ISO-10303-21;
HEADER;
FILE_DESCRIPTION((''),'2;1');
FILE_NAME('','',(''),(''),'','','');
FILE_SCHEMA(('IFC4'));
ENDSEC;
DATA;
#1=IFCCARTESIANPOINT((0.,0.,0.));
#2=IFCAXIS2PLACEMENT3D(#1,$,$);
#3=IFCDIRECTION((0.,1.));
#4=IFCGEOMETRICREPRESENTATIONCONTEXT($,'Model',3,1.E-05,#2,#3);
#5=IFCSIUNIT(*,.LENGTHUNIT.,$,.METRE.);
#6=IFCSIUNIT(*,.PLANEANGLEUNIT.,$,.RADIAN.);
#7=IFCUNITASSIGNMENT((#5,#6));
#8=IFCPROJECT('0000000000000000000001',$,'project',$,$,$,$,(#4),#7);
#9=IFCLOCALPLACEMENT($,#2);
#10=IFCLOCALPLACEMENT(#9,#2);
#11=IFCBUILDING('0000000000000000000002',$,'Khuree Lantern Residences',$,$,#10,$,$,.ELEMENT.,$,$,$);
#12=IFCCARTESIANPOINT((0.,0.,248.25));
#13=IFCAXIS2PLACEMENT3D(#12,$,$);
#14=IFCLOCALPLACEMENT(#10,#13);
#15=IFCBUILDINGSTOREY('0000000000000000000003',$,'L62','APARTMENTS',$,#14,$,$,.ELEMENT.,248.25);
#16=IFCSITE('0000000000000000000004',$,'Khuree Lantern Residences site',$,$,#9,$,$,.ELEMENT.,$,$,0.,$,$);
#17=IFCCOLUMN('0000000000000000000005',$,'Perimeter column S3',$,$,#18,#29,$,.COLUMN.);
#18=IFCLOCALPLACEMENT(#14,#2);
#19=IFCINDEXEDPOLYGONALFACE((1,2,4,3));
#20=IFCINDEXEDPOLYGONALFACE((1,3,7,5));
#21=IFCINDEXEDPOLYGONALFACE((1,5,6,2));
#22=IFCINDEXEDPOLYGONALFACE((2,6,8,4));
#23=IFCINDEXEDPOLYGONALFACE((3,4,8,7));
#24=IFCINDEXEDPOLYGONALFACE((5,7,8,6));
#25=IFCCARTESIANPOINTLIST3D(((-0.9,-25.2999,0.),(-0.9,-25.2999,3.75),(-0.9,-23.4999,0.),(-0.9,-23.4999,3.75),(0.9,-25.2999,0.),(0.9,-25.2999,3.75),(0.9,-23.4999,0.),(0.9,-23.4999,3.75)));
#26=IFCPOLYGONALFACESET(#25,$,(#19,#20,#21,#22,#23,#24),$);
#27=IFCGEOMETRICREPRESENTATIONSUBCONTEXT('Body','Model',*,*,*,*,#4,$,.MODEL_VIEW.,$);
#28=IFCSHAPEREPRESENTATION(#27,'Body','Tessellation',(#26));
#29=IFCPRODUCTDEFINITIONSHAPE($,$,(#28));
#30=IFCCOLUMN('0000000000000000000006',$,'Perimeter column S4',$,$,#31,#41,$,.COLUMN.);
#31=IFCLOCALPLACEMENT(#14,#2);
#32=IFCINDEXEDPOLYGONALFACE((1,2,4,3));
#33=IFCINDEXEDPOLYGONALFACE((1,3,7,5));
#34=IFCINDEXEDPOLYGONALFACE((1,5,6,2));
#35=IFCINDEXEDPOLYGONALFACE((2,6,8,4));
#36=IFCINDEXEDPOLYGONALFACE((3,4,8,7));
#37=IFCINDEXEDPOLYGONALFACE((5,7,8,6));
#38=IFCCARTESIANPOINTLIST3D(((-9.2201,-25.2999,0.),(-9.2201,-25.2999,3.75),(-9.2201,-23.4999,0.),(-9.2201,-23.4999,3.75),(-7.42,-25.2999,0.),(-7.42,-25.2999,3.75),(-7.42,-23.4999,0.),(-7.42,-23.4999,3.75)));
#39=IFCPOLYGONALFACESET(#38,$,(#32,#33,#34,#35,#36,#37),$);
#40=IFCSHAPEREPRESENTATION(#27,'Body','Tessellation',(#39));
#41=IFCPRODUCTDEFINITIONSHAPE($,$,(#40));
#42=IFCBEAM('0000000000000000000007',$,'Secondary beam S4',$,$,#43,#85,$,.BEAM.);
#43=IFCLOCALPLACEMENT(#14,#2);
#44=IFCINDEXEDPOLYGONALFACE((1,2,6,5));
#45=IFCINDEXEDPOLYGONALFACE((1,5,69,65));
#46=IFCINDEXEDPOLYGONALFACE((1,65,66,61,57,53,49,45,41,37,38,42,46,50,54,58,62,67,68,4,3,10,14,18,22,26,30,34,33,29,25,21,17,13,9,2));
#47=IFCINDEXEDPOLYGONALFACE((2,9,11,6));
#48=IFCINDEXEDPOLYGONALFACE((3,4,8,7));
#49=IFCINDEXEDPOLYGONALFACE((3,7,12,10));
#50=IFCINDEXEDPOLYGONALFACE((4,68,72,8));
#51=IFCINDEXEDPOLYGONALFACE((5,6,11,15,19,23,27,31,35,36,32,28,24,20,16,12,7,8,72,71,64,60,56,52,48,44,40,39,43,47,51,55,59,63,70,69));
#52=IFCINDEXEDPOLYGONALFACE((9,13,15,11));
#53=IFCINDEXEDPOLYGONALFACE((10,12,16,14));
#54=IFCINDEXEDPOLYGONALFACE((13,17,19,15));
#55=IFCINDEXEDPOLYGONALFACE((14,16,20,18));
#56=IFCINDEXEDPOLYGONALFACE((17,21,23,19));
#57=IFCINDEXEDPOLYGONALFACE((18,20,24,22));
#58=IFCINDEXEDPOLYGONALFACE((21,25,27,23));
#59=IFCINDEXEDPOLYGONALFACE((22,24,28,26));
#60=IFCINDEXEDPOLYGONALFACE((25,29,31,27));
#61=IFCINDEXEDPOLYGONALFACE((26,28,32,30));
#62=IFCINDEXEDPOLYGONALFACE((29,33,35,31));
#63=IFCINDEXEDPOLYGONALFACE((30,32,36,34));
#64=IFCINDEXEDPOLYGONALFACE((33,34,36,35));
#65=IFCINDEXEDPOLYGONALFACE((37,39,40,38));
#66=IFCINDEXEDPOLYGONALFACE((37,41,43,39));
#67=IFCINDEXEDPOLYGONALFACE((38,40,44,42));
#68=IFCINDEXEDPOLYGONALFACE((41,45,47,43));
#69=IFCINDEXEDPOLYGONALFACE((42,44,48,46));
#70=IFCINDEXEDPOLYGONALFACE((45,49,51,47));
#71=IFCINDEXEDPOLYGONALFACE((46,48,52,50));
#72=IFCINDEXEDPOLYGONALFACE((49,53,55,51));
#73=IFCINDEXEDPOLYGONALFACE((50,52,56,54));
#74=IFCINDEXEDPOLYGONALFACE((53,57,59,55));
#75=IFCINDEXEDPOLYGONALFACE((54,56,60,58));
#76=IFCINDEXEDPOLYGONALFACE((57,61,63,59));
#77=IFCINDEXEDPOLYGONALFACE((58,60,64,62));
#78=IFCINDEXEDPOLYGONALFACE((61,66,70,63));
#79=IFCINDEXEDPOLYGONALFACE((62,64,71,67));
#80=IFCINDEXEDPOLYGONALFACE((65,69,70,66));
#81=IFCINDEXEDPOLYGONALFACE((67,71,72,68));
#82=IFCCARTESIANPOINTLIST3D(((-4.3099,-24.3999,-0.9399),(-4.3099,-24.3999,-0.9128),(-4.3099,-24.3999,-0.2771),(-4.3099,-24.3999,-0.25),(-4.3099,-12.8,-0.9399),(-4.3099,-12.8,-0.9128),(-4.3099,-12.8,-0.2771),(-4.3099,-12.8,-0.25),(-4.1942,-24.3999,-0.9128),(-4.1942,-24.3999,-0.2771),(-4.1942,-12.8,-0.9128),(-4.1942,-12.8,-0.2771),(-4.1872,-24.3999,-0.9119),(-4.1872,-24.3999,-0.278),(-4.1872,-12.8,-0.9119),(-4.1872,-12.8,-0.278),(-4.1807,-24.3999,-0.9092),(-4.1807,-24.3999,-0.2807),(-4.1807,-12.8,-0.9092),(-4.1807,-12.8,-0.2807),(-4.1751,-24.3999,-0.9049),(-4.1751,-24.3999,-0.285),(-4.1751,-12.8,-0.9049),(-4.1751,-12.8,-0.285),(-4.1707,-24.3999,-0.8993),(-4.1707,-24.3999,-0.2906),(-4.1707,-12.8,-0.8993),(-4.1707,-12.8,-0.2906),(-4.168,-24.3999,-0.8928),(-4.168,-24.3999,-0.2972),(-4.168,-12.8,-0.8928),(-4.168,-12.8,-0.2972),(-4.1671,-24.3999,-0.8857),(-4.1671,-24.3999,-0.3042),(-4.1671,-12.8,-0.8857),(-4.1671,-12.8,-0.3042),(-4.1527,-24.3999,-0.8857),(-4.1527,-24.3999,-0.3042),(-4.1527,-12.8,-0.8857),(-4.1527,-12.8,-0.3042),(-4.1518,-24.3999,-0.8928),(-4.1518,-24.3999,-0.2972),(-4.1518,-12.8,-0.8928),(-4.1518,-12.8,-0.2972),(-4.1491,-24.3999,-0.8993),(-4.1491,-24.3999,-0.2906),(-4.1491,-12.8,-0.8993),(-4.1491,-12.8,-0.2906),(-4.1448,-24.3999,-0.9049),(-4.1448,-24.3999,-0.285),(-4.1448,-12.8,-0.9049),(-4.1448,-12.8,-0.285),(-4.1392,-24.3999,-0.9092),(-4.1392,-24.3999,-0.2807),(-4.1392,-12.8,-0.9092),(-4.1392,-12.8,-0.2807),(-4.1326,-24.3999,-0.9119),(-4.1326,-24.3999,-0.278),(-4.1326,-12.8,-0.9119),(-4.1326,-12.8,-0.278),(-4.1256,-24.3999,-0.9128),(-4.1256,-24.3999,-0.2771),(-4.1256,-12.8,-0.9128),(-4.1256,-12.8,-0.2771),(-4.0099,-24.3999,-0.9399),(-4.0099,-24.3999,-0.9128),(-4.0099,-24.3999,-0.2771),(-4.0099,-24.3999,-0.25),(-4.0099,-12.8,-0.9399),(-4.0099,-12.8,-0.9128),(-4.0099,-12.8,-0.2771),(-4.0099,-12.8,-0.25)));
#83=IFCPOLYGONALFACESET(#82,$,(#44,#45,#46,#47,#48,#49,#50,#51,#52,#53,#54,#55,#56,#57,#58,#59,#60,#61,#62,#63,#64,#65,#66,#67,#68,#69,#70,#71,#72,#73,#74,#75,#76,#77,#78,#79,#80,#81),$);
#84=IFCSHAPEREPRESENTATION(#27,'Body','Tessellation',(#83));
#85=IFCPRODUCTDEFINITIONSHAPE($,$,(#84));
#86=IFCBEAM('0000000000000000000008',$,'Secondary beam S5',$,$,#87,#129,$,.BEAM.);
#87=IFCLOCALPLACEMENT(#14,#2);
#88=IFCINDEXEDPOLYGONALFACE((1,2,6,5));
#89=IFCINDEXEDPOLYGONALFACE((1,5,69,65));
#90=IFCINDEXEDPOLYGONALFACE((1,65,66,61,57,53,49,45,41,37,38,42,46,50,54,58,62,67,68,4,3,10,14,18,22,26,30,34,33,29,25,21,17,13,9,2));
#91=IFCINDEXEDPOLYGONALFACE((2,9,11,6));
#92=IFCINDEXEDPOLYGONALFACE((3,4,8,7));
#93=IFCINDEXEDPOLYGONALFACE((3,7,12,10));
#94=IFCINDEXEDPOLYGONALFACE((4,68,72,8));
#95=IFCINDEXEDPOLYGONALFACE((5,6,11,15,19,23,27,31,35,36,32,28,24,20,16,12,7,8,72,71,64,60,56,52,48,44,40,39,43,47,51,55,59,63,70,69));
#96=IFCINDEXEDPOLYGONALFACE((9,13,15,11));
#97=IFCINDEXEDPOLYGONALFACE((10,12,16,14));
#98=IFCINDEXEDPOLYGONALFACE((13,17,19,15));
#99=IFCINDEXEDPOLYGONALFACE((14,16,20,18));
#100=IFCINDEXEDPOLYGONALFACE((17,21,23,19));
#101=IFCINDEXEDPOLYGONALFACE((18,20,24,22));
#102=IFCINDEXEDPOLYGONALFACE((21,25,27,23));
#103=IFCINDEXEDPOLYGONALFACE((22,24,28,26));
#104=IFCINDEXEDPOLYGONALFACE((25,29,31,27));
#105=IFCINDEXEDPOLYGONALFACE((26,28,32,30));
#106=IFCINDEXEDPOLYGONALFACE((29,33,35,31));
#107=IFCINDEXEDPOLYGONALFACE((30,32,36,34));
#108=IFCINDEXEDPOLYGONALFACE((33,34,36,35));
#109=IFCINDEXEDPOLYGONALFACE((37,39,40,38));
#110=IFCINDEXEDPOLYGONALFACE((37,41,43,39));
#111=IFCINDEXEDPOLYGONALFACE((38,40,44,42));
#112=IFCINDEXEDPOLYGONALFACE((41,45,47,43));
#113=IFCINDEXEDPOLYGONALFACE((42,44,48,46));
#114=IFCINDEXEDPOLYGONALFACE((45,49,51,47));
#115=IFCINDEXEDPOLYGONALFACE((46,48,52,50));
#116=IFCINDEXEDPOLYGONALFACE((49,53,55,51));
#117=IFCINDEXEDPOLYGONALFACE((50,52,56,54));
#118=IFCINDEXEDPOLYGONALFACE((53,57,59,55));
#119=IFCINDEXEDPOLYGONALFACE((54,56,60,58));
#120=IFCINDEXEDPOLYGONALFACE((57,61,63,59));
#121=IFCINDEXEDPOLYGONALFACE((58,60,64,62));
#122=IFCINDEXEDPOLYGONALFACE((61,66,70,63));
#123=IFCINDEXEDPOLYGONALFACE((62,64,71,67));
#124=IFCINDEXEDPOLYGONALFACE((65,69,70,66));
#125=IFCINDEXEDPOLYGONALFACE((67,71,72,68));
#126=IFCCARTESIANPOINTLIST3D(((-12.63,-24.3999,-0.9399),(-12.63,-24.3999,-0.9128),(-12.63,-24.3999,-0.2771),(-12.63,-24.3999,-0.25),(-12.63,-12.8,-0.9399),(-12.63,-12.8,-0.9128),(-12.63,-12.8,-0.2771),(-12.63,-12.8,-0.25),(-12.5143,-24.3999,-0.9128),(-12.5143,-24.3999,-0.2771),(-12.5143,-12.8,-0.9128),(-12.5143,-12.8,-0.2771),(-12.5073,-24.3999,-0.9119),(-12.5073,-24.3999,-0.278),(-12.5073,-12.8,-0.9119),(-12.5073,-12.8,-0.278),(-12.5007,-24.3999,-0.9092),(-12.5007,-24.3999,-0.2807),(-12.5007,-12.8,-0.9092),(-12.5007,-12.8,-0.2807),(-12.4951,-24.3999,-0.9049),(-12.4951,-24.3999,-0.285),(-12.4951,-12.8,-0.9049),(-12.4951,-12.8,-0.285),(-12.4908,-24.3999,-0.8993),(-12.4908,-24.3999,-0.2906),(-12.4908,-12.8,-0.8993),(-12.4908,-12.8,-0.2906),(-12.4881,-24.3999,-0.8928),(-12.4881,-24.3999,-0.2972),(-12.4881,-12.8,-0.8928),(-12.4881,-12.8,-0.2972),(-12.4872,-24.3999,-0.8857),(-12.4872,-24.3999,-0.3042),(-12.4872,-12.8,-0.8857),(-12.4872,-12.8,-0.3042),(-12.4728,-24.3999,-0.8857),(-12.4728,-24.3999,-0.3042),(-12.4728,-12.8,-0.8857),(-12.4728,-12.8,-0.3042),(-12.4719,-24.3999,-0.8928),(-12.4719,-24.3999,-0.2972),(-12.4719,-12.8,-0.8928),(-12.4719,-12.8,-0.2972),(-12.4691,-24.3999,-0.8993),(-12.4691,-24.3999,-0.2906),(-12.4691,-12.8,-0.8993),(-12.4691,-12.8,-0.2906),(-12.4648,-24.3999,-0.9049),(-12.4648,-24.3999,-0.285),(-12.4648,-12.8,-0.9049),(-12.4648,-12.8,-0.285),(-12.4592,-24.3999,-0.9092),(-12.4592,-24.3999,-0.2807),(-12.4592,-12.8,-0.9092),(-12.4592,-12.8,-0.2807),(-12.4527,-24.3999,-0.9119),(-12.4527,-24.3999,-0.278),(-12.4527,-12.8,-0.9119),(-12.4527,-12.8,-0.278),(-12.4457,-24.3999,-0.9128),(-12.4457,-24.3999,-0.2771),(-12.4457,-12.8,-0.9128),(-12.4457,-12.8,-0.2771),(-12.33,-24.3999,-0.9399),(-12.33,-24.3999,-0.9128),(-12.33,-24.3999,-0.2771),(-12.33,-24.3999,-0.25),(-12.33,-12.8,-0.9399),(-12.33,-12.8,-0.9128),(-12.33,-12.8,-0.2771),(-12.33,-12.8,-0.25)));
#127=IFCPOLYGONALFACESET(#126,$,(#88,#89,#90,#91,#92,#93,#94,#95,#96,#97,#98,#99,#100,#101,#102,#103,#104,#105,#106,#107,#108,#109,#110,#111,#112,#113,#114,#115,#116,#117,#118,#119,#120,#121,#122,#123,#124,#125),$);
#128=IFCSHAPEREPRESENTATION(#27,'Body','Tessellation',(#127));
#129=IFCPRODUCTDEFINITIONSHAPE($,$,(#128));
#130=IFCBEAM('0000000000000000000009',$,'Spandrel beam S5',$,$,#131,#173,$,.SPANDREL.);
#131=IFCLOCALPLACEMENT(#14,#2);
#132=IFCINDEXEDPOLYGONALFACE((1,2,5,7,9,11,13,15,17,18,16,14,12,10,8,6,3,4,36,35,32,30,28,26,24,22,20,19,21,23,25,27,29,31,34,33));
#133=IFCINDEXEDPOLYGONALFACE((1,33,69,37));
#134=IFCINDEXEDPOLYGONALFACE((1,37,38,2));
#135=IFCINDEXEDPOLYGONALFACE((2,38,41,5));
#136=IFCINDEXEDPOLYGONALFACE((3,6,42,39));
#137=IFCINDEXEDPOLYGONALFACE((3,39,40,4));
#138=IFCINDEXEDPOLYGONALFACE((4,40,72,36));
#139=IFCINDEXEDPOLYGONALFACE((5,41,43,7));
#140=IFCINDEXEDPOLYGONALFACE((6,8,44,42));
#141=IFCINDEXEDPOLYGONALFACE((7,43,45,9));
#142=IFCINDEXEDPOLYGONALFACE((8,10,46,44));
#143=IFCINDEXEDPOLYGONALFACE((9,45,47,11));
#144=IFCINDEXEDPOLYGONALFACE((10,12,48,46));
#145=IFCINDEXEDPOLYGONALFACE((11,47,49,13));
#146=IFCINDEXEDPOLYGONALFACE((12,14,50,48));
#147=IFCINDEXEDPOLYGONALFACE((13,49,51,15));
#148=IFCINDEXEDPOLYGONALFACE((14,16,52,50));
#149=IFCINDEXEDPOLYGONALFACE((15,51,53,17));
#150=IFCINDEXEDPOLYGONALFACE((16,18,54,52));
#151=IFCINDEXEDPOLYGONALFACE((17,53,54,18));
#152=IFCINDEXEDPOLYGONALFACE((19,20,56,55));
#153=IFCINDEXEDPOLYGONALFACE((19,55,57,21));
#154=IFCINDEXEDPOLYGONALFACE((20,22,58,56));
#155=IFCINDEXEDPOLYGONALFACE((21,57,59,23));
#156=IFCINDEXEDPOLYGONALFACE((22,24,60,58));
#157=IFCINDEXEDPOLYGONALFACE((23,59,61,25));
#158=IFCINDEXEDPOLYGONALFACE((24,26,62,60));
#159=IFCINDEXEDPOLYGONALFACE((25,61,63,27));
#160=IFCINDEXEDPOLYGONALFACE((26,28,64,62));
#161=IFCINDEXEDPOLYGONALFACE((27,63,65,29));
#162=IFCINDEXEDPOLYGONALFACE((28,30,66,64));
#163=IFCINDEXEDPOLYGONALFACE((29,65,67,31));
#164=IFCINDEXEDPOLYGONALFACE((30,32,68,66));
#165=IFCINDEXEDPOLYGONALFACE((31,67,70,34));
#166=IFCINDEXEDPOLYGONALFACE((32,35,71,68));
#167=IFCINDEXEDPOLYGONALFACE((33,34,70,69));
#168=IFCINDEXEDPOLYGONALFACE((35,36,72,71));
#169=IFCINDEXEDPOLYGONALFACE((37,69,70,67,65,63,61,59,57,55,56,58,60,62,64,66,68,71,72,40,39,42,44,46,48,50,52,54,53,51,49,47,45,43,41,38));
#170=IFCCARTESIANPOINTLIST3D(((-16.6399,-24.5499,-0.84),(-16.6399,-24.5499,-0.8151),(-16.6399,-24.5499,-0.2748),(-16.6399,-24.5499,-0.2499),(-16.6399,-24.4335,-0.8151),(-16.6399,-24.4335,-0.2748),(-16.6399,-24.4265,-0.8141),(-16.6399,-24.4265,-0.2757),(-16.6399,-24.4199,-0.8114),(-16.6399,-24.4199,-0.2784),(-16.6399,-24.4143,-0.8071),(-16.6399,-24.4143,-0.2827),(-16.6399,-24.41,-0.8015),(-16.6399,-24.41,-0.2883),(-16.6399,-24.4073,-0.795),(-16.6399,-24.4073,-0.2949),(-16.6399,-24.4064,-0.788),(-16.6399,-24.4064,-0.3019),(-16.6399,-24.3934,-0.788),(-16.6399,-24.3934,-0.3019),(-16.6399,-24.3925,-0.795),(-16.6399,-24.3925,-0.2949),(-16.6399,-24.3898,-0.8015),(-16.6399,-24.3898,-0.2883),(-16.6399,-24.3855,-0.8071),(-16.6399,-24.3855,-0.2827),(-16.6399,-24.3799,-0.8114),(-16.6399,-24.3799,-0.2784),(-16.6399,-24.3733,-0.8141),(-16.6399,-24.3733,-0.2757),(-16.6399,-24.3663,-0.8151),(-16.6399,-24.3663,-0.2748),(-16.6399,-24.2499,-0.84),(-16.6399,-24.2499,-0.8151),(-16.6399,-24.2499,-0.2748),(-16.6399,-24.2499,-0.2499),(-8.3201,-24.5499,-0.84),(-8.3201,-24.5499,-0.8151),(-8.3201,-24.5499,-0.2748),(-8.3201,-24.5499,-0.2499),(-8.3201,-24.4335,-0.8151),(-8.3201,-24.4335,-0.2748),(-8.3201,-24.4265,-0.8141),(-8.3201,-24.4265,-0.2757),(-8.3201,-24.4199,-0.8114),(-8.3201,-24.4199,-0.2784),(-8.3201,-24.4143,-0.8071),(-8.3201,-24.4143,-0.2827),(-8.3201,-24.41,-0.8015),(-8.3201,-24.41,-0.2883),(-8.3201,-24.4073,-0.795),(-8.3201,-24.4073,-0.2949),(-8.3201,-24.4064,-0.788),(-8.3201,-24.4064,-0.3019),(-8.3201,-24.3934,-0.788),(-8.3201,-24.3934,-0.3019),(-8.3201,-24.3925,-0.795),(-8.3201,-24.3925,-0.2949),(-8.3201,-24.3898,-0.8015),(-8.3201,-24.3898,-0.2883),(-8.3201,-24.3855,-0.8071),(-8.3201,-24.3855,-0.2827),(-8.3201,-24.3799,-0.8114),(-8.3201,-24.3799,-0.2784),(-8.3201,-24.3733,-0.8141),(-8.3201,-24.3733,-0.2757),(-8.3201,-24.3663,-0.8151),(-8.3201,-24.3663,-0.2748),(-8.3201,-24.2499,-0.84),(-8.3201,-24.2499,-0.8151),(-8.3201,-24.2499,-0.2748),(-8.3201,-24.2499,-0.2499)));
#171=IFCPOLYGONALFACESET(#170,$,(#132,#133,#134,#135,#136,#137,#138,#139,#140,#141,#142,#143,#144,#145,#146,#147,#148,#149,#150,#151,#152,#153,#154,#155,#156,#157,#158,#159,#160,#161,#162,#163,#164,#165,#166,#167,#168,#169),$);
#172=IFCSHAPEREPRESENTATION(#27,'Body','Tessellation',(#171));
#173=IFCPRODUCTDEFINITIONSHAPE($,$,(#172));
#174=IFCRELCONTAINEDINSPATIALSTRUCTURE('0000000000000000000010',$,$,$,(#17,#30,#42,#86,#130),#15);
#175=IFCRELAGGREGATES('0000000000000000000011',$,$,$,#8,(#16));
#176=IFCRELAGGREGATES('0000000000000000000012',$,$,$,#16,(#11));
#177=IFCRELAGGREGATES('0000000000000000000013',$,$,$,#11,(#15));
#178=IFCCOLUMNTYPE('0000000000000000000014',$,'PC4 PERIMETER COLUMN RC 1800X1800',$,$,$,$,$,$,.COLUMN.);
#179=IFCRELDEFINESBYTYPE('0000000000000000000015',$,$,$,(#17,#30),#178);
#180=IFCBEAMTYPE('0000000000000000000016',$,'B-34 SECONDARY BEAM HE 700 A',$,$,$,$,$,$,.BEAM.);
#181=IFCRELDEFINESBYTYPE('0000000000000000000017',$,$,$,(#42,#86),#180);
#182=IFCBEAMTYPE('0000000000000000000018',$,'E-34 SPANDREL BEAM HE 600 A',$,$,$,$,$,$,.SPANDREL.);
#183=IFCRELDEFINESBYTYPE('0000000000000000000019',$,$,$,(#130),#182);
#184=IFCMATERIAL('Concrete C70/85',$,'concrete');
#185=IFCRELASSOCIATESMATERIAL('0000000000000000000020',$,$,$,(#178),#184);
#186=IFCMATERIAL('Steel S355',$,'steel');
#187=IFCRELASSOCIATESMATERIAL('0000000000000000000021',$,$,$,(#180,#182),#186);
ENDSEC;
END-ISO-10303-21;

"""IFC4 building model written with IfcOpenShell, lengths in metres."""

from ifc_helpers import new_model, si_unit, direction, frame, origin, origin_2d, place, context, subcontext, project, spatial, rectangle, i_section, extrude, material, material_profile, profile_set, type_object, element, save


model = new_model("IFC4")

# Units and contexts
model_context = context("Model", 3, precision=1e-05, world=origin(), true_north=direction((0.0, 1.0)))
body_context = subcontext(model_context, "Body", "Model", "MODEL_VIEW")
ifc_project = project(units=[si_unit("LENGTHUNIT", "METRE"), si_unit("PLANEANGLEUNIT", "RADIAN")], contexts=[model_context])

# Site, building, storey
site_placement = place(None, origin())
site = spatial("IfcSite", under=ifc_project, at=site_placement, Name="Khuree Lantern Residences site", CompositionType="ELEMENT", RefElevation=0.0)
building_placement = place(site_placement, origin())
building = spatial("IfcBuilding", under=site, at=building_placement, Name="Khuree Lantern Residences", CompositionType="ELEMENT")
storey_placement = place(building_placement, frame((0.0, 0.0, 248.25)))
storey = spatial("IfcBuildingStorey", under=building, at=storey_placement, Name="L62", Description="APARTMENTS", CompositionType="ELEMENT", Elevation=248.25)

# Columns
ifc_material_1 = material(Name="Concrete C70/85", Category="concrete")
ifc_material_profile_1 = material_profile(ifc_material_1, rectangle(XDim=1.8, YDim=1.8, at=origin_2d()), Name="RC 1800X1800")
ifc_profile_set_1 = profile_set([ifc_material_profile_1], Name="Concrete C70/85")
column_type = type_object("IfcColumnType", Name="PC4 PERIMETER COLUMN RC 1800X1800", PredefinedType="COLUMN", material=ifc_profile_set_1)
for number, where, z_axis, x_axis, name in (
    (1, (0.0, -24.3999, 0.0), (0.0, 0.0, 1.0), (1.0, 0.0, 0.0), "Perimeter column S3"),
    (2, (-8.3201, -24.3999, 0.0), (0.0, 0.0, 1.0), (1.0, 0.0, 0.0), "Perimeter column S4"),
):
    element("IfcColumn", number, at=place(storey_placement, frame(where, z_axis=z_axis, x_axis=x_axis)), inside=storey, type_object=column_type, Name=name, PredefinedType="COLUMN", context=body_context, shape_type="SweptSolid", body=[
        extrude(rectangle(XDim=1.8, YDim=1.8, at=origin_2d()), origin(), (0.0, 0.0, 1.0), 3.75),
    ])

# Beams
ifc_material_2 = material(Name="Steel S355", Category="steel")
ifc_material_profile_2 = material_profile(ifc_material_2, i_section(OverallWidth=0.3, OverallDepth=0.6899, WebThickness=0.0144, FlangeThickness=0.0271, FilletRadius=0.0271, at=origin_2d()), Name="HE 700 A")
ifc_profile_set_2 = profile_set([ifc_material_profile_2], Name="Steel S355")
beam_type_1 = type_object("IfcBeamType", Name="B-34 SECONDARY BEAM HE 700 A", PredefinedType="BEAM", material=ifc_profile_set_2)
for number, where, z_axis, x_axis, name in (
    (3, (-4.1599, -24.3999, -0.595), (0.0, 1.0, 0.0), (-1.0, 0.0, 0.0), "Secondary beam S4"),
    (4, (-12.48, -24.3999, -0.595), (0.0, 1.0, 0.0), (-1.0, 0.0, 0.0), "Secondary beam S5"),
):
    element("IfcBeam", number, at=place(storey_placement, frame(where, z_axis=z_axis, x_axis=x_axis)), inside=storey, type_object=beam_type_1, Name=name, PredefinedType="BEAM", context=body_context, shape_type="SweptSolid", body=[
        extrude(i_section(OverallWidth=0.3, OverallDepth=0.6899, WebThickness=0.0144, FlangeThickness=0.0271, FilletRadius=0.0271, at=origin_2d()), origin(), (0.0, 0.0, 1.0), 11.5999),
    ])
ifc_material_profile_3 = material_profile(ifc_material_2, i_section(OverallWidth=0.3, OverallDepth=0.5901, WebThickness=0.0129, FlangeThickness=0.0249, FilletRadius=0.0271, at=origin_2d()), Name="HE 600 A")
ifc_profile_set_3 = profile_set([ifc_material_profile_3], Name="Steel S355")
beam_type_2 = type_object("IfcBeamType", Name="E-34 SPANDREL BEAM HE 600 A", PredefinedType="SPANDREL", material=ifc_profile_set_3)
beam_1_placement = place(storey_placement, frame((-8.3201, -24.3999, -0.5449), z_axis=(-1.0, 0.0, 0.0), x_axis=(0.0, -1.0, 0.0)))
element("IfcBeam", 5, at=beam_1_placement, inside=storey, type_object=beam_type_2, Name="Spandrel beam S5", PredefinedType="SPANDREL", context=body_context, shape_type="SweptSolid", body=[
    extrude(i_section(OverallWidth=0.3, OverallDepth=0.5901, WebThickness=0.0129, FlangeThickness=0.0249, FilletRadius=0.0271, at=origin_2d()), origin(), (0.0, 0.0, 1.0), 8.3198),
])

save(model, "model.ifc")
